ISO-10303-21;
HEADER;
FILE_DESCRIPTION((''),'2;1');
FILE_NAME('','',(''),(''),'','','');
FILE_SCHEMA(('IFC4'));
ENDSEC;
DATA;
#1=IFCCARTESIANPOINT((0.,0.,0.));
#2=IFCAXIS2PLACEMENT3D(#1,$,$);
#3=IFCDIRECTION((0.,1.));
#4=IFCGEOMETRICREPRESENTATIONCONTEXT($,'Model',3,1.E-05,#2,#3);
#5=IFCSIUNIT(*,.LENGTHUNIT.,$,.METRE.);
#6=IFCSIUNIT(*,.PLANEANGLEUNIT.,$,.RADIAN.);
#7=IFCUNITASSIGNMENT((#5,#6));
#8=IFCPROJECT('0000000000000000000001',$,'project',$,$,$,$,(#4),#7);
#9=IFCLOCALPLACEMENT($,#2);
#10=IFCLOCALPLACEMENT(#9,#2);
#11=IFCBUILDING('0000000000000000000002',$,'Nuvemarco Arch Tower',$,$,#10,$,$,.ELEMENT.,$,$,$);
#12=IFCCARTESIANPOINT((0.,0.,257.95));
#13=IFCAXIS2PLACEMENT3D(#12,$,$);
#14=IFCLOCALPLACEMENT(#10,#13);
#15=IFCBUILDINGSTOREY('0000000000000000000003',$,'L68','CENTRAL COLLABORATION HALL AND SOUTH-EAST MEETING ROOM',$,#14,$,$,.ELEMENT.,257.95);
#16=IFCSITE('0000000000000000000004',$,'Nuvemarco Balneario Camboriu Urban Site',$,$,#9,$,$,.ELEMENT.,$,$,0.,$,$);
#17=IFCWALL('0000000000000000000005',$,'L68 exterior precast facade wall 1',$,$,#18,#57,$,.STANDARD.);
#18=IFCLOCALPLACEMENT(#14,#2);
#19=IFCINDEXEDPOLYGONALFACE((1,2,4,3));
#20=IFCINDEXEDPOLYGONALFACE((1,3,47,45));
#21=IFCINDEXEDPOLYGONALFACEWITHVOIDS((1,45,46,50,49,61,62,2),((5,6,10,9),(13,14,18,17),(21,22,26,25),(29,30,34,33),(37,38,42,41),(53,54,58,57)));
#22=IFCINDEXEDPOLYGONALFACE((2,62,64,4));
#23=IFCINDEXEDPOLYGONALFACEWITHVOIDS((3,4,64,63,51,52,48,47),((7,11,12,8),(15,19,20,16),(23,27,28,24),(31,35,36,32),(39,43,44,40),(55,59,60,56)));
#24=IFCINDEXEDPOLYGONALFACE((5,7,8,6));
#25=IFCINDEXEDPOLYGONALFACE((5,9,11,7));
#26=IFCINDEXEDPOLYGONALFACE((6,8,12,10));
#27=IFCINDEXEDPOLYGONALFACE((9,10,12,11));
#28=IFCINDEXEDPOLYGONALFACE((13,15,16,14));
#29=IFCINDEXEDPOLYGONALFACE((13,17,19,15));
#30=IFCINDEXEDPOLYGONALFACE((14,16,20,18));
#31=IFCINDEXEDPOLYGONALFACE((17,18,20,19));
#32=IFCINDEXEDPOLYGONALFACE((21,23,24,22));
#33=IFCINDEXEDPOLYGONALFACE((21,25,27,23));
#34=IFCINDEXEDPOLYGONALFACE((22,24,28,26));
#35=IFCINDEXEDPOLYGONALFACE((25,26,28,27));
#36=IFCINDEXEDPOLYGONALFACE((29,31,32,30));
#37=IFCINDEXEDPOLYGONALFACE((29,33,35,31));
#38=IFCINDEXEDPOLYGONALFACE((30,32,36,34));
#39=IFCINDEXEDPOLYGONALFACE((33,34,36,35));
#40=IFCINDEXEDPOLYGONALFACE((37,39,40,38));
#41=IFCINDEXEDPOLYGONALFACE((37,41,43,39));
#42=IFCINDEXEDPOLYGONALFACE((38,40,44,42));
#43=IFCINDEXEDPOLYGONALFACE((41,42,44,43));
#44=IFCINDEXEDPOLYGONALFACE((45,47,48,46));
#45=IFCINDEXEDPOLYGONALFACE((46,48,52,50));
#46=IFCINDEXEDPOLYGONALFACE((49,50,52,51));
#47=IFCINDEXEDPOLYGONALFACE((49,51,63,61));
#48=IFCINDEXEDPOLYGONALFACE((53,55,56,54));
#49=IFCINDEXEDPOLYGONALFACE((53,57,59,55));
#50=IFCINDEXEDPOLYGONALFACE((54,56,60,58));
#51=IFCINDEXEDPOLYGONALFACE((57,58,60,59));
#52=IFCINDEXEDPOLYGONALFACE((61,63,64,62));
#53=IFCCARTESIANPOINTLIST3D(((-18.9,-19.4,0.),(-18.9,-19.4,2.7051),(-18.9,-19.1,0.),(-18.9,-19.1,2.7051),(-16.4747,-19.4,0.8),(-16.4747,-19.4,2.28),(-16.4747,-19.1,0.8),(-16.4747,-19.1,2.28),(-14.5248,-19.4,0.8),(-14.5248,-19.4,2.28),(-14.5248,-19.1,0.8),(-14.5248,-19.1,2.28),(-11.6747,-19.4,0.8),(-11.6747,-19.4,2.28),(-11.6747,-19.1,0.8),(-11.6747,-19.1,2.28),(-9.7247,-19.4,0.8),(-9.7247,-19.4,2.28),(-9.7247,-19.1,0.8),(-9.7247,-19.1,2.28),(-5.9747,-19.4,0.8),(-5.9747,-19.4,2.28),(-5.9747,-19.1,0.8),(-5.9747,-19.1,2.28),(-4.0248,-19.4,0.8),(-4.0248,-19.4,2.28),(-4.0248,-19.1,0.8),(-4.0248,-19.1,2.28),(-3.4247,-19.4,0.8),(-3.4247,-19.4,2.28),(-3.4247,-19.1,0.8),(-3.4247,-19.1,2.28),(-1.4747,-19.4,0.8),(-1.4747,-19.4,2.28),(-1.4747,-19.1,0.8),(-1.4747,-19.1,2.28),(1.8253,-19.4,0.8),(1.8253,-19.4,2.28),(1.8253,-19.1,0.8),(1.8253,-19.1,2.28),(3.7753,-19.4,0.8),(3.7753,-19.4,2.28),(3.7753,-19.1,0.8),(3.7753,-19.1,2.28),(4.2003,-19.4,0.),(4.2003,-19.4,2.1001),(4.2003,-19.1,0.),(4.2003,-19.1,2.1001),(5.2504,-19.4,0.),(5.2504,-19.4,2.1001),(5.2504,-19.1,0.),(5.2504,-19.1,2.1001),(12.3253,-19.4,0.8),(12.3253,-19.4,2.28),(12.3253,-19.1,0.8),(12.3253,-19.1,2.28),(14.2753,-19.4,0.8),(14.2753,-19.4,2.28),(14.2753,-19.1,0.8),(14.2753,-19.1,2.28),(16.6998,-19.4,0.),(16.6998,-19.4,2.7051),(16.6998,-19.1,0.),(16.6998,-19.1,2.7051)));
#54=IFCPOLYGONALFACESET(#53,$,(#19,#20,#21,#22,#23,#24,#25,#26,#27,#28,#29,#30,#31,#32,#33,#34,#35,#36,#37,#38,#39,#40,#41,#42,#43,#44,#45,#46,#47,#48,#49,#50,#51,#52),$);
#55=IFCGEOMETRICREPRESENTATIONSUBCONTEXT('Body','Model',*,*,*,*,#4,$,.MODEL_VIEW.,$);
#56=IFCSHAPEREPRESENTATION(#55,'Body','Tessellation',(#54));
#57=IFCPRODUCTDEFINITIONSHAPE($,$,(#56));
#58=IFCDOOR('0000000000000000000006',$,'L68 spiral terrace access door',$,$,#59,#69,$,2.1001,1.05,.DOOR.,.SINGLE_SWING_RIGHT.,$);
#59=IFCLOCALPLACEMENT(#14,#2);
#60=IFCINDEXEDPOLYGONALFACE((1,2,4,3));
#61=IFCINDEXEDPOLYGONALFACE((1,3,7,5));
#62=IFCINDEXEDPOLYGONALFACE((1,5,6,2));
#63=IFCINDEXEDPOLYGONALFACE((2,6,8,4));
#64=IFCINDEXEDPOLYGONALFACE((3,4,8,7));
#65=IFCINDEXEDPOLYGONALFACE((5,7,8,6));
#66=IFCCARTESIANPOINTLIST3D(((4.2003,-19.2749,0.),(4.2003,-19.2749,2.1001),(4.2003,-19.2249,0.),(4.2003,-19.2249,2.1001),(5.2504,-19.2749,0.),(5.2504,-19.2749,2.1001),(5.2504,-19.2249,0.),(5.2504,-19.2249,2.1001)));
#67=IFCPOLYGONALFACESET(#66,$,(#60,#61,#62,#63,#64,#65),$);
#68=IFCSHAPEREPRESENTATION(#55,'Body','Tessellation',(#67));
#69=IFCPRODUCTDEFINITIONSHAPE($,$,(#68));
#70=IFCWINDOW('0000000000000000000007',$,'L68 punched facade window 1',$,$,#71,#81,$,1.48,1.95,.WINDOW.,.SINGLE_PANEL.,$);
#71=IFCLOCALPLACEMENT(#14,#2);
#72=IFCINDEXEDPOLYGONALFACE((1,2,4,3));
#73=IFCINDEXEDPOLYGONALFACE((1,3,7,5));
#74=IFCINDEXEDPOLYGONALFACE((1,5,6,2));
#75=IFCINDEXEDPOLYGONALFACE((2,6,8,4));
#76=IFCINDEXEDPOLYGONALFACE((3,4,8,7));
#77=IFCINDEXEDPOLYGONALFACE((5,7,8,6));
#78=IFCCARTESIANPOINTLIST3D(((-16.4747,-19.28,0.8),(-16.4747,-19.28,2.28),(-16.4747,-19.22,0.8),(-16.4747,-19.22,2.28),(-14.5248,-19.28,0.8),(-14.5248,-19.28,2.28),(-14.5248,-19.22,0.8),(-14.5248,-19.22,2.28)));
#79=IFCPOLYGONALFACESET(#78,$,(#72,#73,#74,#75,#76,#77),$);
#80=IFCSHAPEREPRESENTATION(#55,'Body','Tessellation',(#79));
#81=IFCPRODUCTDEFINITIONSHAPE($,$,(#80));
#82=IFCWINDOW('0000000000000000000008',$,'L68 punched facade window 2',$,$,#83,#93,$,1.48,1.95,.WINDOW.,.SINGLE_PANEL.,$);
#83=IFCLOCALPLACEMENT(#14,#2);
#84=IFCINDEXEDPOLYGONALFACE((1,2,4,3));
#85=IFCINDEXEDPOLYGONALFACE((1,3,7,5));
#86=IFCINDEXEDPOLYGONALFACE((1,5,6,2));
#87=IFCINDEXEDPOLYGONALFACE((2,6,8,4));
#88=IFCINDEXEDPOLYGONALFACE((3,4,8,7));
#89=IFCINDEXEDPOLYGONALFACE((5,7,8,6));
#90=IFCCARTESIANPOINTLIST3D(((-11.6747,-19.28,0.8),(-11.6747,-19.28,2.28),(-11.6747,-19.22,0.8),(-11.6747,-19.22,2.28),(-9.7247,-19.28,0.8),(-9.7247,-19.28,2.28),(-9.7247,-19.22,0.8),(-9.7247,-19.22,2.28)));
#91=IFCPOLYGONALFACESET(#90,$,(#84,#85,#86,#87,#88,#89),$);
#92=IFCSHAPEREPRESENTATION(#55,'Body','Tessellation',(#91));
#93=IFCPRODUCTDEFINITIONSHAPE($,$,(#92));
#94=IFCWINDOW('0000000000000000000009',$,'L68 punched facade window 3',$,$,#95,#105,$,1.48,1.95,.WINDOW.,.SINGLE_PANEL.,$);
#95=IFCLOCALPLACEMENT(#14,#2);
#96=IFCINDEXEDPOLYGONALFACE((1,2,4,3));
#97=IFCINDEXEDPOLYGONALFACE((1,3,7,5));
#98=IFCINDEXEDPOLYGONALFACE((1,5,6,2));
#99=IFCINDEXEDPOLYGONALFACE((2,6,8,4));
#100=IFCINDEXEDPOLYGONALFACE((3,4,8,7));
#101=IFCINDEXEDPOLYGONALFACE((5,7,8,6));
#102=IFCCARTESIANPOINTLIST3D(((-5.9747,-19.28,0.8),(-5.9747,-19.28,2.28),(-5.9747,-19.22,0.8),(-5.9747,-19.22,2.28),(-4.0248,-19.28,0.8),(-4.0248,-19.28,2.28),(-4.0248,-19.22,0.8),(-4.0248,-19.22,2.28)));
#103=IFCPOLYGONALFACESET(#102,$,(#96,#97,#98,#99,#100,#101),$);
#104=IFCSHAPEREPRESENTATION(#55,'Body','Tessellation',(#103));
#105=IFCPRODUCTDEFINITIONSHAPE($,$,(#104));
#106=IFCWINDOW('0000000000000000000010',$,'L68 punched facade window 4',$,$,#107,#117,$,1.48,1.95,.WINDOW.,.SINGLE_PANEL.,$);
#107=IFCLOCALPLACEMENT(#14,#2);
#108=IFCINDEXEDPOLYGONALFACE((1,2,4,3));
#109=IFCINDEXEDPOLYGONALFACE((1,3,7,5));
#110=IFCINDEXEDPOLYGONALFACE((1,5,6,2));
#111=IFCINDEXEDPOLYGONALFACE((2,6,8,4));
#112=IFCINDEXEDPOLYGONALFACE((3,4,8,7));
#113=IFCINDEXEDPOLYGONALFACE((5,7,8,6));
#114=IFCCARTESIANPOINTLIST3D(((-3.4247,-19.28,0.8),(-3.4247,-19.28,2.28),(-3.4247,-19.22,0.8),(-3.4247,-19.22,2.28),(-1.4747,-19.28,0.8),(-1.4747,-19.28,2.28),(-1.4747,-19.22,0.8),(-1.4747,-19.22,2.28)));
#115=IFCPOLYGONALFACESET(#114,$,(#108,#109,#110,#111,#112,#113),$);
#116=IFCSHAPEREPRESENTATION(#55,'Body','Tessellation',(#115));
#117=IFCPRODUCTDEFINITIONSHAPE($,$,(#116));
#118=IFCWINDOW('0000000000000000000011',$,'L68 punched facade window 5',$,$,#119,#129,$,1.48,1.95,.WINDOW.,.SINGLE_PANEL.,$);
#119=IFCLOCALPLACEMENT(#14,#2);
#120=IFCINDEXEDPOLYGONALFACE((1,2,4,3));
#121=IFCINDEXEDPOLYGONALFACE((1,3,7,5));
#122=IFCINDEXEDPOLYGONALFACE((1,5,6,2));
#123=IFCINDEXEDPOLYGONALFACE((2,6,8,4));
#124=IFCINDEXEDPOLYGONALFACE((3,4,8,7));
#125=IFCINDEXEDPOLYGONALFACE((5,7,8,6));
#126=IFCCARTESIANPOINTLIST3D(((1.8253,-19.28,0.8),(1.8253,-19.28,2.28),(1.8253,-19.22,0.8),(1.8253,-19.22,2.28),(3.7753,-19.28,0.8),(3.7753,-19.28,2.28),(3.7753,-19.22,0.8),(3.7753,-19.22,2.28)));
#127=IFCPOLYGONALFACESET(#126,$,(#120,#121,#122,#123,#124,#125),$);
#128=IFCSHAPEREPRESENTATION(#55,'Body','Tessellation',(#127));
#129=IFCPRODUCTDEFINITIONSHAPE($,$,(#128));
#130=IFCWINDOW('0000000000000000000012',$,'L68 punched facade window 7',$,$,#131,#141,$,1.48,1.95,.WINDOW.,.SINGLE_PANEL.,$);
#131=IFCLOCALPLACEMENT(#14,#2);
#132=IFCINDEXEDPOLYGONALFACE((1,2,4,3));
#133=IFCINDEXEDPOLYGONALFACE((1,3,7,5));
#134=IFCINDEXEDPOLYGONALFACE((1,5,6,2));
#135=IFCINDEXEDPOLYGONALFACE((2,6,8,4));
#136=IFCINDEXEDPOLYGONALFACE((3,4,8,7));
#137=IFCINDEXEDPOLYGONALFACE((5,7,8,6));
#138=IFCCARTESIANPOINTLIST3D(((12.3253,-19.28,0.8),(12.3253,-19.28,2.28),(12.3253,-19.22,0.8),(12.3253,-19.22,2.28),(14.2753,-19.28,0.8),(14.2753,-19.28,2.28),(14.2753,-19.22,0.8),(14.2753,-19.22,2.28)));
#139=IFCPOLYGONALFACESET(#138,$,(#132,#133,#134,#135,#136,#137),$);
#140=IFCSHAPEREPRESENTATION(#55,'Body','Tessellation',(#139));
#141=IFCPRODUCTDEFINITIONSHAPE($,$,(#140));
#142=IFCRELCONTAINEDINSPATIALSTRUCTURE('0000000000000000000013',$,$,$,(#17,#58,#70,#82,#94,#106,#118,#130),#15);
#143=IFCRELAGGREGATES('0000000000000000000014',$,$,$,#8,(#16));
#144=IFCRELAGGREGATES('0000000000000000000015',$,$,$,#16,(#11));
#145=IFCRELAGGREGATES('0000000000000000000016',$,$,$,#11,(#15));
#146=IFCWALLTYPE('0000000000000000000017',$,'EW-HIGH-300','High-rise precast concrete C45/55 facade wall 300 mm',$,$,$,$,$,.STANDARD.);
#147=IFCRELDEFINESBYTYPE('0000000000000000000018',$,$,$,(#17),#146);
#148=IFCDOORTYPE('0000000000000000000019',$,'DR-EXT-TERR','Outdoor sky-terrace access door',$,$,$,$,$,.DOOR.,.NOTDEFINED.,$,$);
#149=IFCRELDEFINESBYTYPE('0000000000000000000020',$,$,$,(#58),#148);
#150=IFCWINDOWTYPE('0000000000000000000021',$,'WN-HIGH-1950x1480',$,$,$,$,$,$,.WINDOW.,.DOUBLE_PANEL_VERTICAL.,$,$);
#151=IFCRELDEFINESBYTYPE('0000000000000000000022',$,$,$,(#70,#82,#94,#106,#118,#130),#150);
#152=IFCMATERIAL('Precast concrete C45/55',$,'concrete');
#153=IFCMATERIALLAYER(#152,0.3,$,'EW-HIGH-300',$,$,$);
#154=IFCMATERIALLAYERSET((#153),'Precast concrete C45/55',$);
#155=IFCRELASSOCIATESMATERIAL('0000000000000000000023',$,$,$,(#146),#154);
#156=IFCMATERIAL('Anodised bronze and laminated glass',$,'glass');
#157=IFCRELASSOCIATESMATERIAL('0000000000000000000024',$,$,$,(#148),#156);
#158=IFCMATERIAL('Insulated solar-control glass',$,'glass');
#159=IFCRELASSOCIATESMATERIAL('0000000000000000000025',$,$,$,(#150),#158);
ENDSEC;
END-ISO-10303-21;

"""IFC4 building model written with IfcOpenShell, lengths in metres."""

from ifc_helpers import new_model, si_unit, direction, frame, frame_2d, origin, place, context, subcontext, project, spatial, rectangle, extrude, source, transform, mapped, material, layer, layer_set, type_object, type_shapes, element, fill, save


model = new_model("IFC4")

# Units and contexts
model_context = context("Model", 3, precision=1e-05, world=origin(), true_north=direction((0.0, 1.0)))
body_context = subcontext(model_context, "Body", "Model", "MODEL_VIEW")
ifc_project = project(units=[si_unit("LENGTHUNIT", "METRE"), si_unit("PLANEANGLEUNIT", "RADIAN")], contexts=[model_context])

# Site, building, storey
site_placement = place(None, origin())
site = spatial("IfcSite", under=ifc_project, at=site_placement, Name="Nuvemarco Balneario Camboriu Urban Site", CompositionType="ELEMENT", RefElevation=0.0)
building_placement = place(site_placement, origin())
building = spatial("IfcBuilding", under=site, at=building_placement, Name="Nuvemarco Arch Tower", CompositionType="ELEMENT")
storey_placement = place(building_placement, frame((0.0, 0.0, 257.95)))
storey = spatial("IfcBuildingStorey", under=building, at=storey_placement, Name="L68", Description="CENTRAL COLLABORATION HALL AND SOUTH-EAST MEETING ROOM", CompositionType="ELEMENT", Elevation=257.95)

# Shared definitions
ifc_material_1 = material(Name="Precast concrete C45/55", Category="concrete")

# Wall, openings, door, windows
ifc_layer = layer(ifc_material_1, 0.3, Name="EW-HIGH-300")
ifc_layer_set = layer_set([ifc_layer], Name="Precast concrete C45/55")
wall_type = type_object("IfcWallType", Name="EW-HIGH-300", Description="High-rise precast concrete C45/55 facade wall 300 mm", PredefinedType="STANDARD", material=ifc_layer_set)
wall_1_placement = place(storey_placement, frame((-18.8999, -19.25, 0.0), z_axis=(0.0, 0.0, 1.0), x_axis=(1.0, 0.0, 0.0)))
wall_1 = element("IfcWall", 1, at=wall_1_placement, inside=storey, type_object=wall_type, Name="L68 exterior precast facade wall 1", PredefinedType="STANDARD", context=body_context, shape_type="SweptSolid", body=[
    extrude(rectangle(XDim=35.5999, YDim=0.3, at=frame_2d((17.7998, 0.0))), origin(), (0.0, 0.0, 1.0), 2.7051),
])
opening_1_placement = place(wall_1_placement, frame((24.1501, 0.0, 0.0), z_axis=(0.0, 0.0, 1.0), x_axis=(-1.0, 0.0, 0.0)))
opening_1 = element("IfcOpeningElement", 2, at=opening_1_placement, cuts=wall_1, PredefinedType="OPENING", context=body_context, shape_type="SweptSolid", body=[
    extrude(rectangle(XDim=1.05, YDim=2.1001, at=frame_2d((0.5249, 1.05))), frame((0.0, 0.1599, 0.0), z_axis=(0.0, -1.0, 0.0), x_axis=(1.0, 0.0, 0.0)), (0.0, 0.0, 1.0), 0.3201),
])
opening_2_placement = place(wall_1_placement, frame((2.425, 0.0, 0.8)))
opening_2 = element("IfcOpeningElement", 3, at=opening_2_placement, cuts=wall_1, PredefinedType="OPENING", context=body_context, shape_type="SweptSolid", body=[
    extrude(rectangle(XDim=1.95, YDim=1.48, at=frame_2d((0.9751, 0.74))), frame((0.0, 0.1599, 0.0), z_axis=(0.0, -1.0, 0.0), x_axis=(1.0, 0.0, 0.0)), (0.0, 0.0, 1.0), 0.3201),
])
opening_3_placement = place(wall_1_placement, frame((7.2251, 0.0, 0.8)))
opening_3 = element("IfcOpeningElement", 4, at=opening_3_placement, cuts=wall_1, PredefinedType="OPENING", context=body_context, shape_type="SweptSolid", body=[
    extrude(rectangle(XDim=1.95, YDim=1.48, at=frame_2d((0.9751, 0.74))), frame((0.0, 0.1599, 0.0), z_axis=(0.0, -1.0, 0.0), x_axis=(1.0, 0.0, 0.0)), (0.0, 0.0, 1.0), 0.3201),
])
opening_4_placement = place(wall_1_placement, frame((12.925, 0.0, 0.8)))
opening_4 = element("IfcOpeningElement", 5, at=opening_4_placement, cuts=wall_1, PredefinedType="OPENING", context=body_context, shape_type="SweptSolid", body=[
    extrude(rectangle(XDim=1.95, YDim=1.48, at=frame_2d((0.9751, 0.74))), frame((0.0, 0.1599, 0.0), z_axis=(0.0, -1.0, 0.0), x_axis=(1.0, 0.0, 0.0)), (0.0, 0.0, 1.0), 0.3201),
])
opening_5_placement = place(wall_1_placement, frame((15.4751, 0.0, 0.8)))
opening_5 = element("IfcOpeningElement", 6, at=opening_5_placement, cuts=wall_1, PredefinedType="OPENING", context=body_context, shape_type="SweptSolid", body=[
    extrude(rectangle(XDim=1.95, YDim=1.48, at=frame_2d((0.9751, 0.74))), frame((0.0, 0.1599, 0.0), z_axis=(0.0, -1.0, 0.0), x_axis=(1.0, 0.0, 0.0)), (0.0, 0.0, 1.0), 0.3201),
])
opening_6_placement = place(wall_1_placement, frame((20.7251, 0.0, 0.8)))
opening_6 = element("IfcOpeningElement", 7, at=opening_6_placement, cuts=wall_1, PredefinedType="OPENING", context=body_context, shape_type="SweptSolid", body=[
    extrude(rectangle(XDim=1.95, YDim=1.48, at=frame_2d((0.9751, 0.74))), frame((0.0, 0.1599, 0.0), z_axis=(0.0, -1.0, 0.0), x_axis=(1.0, 0.0, 0.0)), (0.0, 0.0, 1.0), 0.3201),
])
opening_7_placement = place(wall_1_placement, frame((31.2251, 0.0, 0.8)))
opening_7 = element("IfcOpeningElement", 8, at=opening_7_placement, cuts=wall_1, PredefinedType="OPENING", context=body_context, shape_type="SweptSolid", body=[
    extrude(rectangle(XDim=1.95, YDim=1.48, at=frame_2d((0.9751, 0.74))), frame((0.0, 0.1599, 0.0), z_axis=(0.0, -1.0, 0.0), x_axis=(1.0, 0.0, 0.0)), (0.0, 0.0, 1.0), 0.3201),
])
ifc_material_2 = material(Name="Anodised bronze and laminated glass", Category="glass")
door_type = type_object("IfcDoorType", Name="DR-EXT-TERR", Description="Outdoor sky-terrace access door", OperationType="NOTDEFINED", PredefinedType="DOOR", material=ifc_material_2)
shared_shape_1 = source(origin(), body_context, "Body", "SweptSolid", [
    extrude(rectangle(XDim=1.05, YDim=2.1001, at=frame_2d((0.5249, 1.05))), frame((0.0, 0.0249, 0.0), z_axis=(0.0, -1.0, 0.0), x_axis=(1.0, 0.0, 0.0)), (0.0, 0.0, 1.0), 0.05),
])
type_shapes(door_type, [shared_shape_1])
door_placement = place(opening_1_placement, origin())
door = element("IfcDoor", 9, at=door_placement, inside=storey, type_object=door_type, Name="L68 spiral terrace access door", OperationType="SINGLE_SWING_RIGHT", OverallHeight=2.1001, OverallWidth=1.05, PredefinedType="DOOR", context=body_context, shape_type="MappedRepresentation", body=[
    mapped(shared_shape_1, transform((0.0, 0.0, 0.0), scale=1.0)),
])
fill(opening_1, door)
ifc_material_3 = material(Name="Insulated solar-control glass", Category="glass")
window_type_1 = type_object("IfcWindowType", Name="WN-HIGH-1950x1480", PartitioningType="DOUBLE_PANEL_VERTICAL", PredefinedType="WINDOW", material=ifc_material_3)
shared_shape_2 = source(origin(), body_context, "Body", "SweptSolid", [
    extrude(rectangle(XDim=1.95, YDim=1.48, at=frame_2d((0.9751, 0.74))), frame((0.0, 0.03, 0.0), z_axis=(0.0, -1.0, 0.0), x_axis=(1.0, 0.0, 0.0)), (0.0, 0.0, 1.0), 0.0601),
])
type_shapes(window_type_1, [shared_shape_2])
window_1_placement = place(opening_2_placement, origin())
window_1 = element("IfcWindow", 10, at=window_1_placement, inside=storey, type_object=window_type_1, Name="L68 punched facade window 1", OverallHeight=1.48, OverallWidth=1.95, PartitioningType="SINGLE_PANEL", PredefinedType="WINDOW", context=body_context, shape_type="MappedRepresentation", body=[
    mapped(shared_shape_2, transform((0.0, 0.0, 0.0), scale=1.0)),
])
fill(opening_2, window_1)
window_2_placement = place(opening_3_placement, origin())
window_2 = element("IfcWindow", 11, at=window_2_placement, inside=storey, type_object=window_type_1, Name="L68 punched facade window 2", OverallHeight=1.48, OverallWidth=1.95, PartitioningType="SINGLE_PANEL", PredefinedType="WINDOW", context=body_context, shape_type="MappedRepresentation", body=[
    mapped(shared_shape_2, transform((0.0, 0.0, 0.0), scale=1.0)),
])
fill(opening_3, window_2)
window_3_placement = place(opening_4_placement, origin())
window_3 = element("IfcWindow", 12, at=window_3_placement, inside=storey, type_object=window_type_1, Name="L68 punched facade window 3", OverallHeight=1.48, OverallWidth=1.95, PartitioningType="SINGLE_PANEL", PredefinedType="WINDOW", context=body_context, shape_type="MappedRepresentation", body=[
    mapped(shared_shape_2, transform((0.0, 0.0, 0.0), scale=1.0)),
])
fill(opening_4, window_3)
window_4_placement = place(opening_5_placement, origin())
window_4 = element("IfcWindow", 13, at=window_4_placement, inside=storey, type_object=window_type_1, Name="L68 punched facade window 4", OverallHeight=1.48, OverallWidth=1.95, PartitioningType="SINGLE_PANEL", PredefinedType="WINDOW", context=body_context, shape_type="MappedRepresentation", body=[
    mapped(shared_shape_2, transform((0.0, 0.0, 0.0), scale=1.0)),
])
fill(opening_5, window_4)
window_5_placement = place(opening_6_placement, origin())
window_5 = element("IfcWindow", 14, at=window_5_placement, inside=storey, type_object=window_type_1, Name="L68 punched facade window 5", OverallHeight=1.48, OverallWidth=1.95, PartitioningType="SINGLE_PANEL", PredefinedType="WINDOW", context=body_context, shape_type="MappedRepresentation", body=[
    mapped(shared_shape_2, transform((0.0, 0.0, 0.0), scale=1.0)),
])
fill(opening_6, window_5)
window_6_placement = place(opening_7_placement, origin())
window_6 = element("IfcWindow", 15, at=window_6_placement, inside=storey, type_object=window_type_1, Name="L68 punched facade window 7", OverallHeight=1.48, OverallWidth=1.95, PartitioningType="SINGLE_PANEL", PredefinedType="WINDOW", context=body_context, shape_type="MappedRepresentation", body=[
    mapped(shared_shape_2, transform((0.0, 0.0, 0.0), scale=1.0)),
])
fill(opening_7, window_6)

save(model, "model.ifc")
